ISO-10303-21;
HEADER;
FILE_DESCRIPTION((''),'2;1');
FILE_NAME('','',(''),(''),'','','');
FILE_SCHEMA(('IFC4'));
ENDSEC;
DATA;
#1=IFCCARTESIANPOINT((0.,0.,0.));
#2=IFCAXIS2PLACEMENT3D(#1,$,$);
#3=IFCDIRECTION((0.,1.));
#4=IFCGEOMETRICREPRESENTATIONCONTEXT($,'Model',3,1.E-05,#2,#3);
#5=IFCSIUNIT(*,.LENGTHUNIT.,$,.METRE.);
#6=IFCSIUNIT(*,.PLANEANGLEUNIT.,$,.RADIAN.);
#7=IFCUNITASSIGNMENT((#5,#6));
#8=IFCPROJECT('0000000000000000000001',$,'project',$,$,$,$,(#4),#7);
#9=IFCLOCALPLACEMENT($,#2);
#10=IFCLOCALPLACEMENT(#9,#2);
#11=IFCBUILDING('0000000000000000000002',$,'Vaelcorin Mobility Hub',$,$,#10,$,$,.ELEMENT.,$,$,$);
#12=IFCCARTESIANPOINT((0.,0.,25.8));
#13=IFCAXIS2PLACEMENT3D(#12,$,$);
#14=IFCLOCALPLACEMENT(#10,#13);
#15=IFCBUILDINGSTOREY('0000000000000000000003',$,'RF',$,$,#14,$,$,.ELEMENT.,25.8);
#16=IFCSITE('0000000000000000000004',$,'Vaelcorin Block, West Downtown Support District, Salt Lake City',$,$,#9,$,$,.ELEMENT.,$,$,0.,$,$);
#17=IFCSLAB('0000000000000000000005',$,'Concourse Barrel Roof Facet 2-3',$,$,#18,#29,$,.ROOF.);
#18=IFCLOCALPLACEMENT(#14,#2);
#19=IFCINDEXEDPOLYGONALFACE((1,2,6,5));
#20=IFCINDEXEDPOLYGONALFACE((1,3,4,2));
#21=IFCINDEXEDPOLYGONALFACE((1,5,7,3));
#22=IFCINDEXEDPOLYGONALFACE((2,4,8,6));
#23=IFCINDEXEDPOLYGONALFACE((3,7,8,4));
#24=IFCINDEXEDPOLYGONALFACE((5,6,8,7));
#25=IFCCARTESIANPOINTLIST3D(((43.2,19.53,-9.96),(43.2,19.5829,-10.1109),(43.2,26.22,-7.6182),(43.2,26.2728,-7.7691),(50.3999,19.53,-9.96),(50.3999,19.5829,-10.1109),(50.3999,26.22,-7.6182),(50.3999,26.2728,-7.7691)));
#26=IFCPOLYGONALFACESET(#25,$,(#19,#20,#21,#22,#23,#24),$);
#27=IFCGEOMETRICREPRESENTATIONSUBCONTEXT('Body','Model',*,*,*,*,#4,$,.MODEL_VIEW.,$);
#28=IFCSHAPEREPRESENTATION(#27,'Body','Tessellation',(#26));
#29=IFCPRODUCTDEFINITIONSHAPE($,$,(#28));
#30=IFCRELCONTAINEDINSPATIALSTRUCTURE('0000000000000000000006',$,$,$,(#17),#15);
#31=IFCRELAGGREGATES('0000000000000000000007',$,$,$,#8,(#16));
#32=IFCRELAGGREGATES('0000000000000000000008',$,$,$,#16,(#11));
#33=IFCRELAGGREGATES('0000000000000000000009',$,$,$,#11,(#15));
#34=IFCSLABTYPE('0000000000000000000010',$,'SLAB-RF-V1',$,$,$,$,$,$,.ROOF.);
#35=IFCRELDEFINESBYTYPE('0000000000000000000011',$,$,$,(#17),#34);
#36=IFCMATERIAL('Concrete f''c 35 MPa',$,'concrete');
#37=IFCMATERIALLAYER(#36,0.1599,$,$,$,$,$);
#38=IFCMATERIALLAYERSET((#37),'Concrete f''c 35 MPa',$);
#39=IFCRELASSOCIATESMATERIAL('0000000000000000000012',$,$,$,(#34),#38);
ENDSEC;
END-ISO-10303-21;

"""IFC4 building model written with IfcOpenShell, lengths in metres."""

from ifc_helpers import new_model, si_unit, direction, frame, origin, place, context, subcontext, project, spatial, polyline, outline, extrude, material, layer, layer_set, type_object, element, save


model = new_model("IFC4")

# Units and contexts
model_context = context("Model", 3, precision=1e-05, world=origin(), true_north=direction((0.0, 1.0)))
body_context = subcontext(model_context, "Body", "Model", "MODEL_VIEW")
ifc_project = project(units=[si_unit("LENGTHUNIT", "METRE"), si_unit("PLANEANGLEUNIT", "RADIAN")], contexts=[model_context])

# Site, building, storey
site_placement = place(None, origin())
site = spatial("IfcSite", under=ifc_project, at=site_placement, Name="Vaelcorin Block, West Downtown Support District, Salt Lake City", CompositionType="ELEMENT", RefElevation=0.0)
building_placement = place(site_placement, origin())
building = spatial("IfcBuilding", under=site, at=building_placement, Name="Vaelcorin Mobility Hub", CompositionType="ELEMENT")
storey_placement = place(building_placement, frame((0.0, 0.0, 25.8)))
storey = spatial("IfcBuildingStorey", under=building, at=storey_placement, Name="RF", CompositionType="ELEMENT", Elevation=25.8)

# Slab
ifc_material_1 = material(Name="Concrete f'c 35 MPa", Category="concrete")
ifc_layer_1 = layer(ifc_material_1, 0.1599)
ifc_layer_set_1 = layer_set([ifc_layer_1], Name="Concrete f'c 35 MPa")
slab_type = type_object("IfcSlabType", Name="SLAB-RF-V1", PredefinedType="ROOF", material=ifc_layer_set_1)
slab_1_placement = place(storey_placement, frame((43.2, 19.53, -9.96), z_axis=(0.0, -0.33039, 0.943844), x_axis=(1.0, 0.0, 0.0)))
element("IfcSlab", 1, at=slab_1_placement, inside=storey, type_object=slab_type, Name="Concourse Barrel Roof Facet 2-3", PredefinedType="ROOF", context=body_context, shape_type="SweptSolid", body=[
    extrude(outline(polyline([(0.0, 0.0), (7.2, 0.0), (7.2, 7.088), (0.0, 7.088), (0.0, 0.0)])), origin(), (0.0, 0.0, -1.0), 0.1599),
])

save(model, "model.ifc")
